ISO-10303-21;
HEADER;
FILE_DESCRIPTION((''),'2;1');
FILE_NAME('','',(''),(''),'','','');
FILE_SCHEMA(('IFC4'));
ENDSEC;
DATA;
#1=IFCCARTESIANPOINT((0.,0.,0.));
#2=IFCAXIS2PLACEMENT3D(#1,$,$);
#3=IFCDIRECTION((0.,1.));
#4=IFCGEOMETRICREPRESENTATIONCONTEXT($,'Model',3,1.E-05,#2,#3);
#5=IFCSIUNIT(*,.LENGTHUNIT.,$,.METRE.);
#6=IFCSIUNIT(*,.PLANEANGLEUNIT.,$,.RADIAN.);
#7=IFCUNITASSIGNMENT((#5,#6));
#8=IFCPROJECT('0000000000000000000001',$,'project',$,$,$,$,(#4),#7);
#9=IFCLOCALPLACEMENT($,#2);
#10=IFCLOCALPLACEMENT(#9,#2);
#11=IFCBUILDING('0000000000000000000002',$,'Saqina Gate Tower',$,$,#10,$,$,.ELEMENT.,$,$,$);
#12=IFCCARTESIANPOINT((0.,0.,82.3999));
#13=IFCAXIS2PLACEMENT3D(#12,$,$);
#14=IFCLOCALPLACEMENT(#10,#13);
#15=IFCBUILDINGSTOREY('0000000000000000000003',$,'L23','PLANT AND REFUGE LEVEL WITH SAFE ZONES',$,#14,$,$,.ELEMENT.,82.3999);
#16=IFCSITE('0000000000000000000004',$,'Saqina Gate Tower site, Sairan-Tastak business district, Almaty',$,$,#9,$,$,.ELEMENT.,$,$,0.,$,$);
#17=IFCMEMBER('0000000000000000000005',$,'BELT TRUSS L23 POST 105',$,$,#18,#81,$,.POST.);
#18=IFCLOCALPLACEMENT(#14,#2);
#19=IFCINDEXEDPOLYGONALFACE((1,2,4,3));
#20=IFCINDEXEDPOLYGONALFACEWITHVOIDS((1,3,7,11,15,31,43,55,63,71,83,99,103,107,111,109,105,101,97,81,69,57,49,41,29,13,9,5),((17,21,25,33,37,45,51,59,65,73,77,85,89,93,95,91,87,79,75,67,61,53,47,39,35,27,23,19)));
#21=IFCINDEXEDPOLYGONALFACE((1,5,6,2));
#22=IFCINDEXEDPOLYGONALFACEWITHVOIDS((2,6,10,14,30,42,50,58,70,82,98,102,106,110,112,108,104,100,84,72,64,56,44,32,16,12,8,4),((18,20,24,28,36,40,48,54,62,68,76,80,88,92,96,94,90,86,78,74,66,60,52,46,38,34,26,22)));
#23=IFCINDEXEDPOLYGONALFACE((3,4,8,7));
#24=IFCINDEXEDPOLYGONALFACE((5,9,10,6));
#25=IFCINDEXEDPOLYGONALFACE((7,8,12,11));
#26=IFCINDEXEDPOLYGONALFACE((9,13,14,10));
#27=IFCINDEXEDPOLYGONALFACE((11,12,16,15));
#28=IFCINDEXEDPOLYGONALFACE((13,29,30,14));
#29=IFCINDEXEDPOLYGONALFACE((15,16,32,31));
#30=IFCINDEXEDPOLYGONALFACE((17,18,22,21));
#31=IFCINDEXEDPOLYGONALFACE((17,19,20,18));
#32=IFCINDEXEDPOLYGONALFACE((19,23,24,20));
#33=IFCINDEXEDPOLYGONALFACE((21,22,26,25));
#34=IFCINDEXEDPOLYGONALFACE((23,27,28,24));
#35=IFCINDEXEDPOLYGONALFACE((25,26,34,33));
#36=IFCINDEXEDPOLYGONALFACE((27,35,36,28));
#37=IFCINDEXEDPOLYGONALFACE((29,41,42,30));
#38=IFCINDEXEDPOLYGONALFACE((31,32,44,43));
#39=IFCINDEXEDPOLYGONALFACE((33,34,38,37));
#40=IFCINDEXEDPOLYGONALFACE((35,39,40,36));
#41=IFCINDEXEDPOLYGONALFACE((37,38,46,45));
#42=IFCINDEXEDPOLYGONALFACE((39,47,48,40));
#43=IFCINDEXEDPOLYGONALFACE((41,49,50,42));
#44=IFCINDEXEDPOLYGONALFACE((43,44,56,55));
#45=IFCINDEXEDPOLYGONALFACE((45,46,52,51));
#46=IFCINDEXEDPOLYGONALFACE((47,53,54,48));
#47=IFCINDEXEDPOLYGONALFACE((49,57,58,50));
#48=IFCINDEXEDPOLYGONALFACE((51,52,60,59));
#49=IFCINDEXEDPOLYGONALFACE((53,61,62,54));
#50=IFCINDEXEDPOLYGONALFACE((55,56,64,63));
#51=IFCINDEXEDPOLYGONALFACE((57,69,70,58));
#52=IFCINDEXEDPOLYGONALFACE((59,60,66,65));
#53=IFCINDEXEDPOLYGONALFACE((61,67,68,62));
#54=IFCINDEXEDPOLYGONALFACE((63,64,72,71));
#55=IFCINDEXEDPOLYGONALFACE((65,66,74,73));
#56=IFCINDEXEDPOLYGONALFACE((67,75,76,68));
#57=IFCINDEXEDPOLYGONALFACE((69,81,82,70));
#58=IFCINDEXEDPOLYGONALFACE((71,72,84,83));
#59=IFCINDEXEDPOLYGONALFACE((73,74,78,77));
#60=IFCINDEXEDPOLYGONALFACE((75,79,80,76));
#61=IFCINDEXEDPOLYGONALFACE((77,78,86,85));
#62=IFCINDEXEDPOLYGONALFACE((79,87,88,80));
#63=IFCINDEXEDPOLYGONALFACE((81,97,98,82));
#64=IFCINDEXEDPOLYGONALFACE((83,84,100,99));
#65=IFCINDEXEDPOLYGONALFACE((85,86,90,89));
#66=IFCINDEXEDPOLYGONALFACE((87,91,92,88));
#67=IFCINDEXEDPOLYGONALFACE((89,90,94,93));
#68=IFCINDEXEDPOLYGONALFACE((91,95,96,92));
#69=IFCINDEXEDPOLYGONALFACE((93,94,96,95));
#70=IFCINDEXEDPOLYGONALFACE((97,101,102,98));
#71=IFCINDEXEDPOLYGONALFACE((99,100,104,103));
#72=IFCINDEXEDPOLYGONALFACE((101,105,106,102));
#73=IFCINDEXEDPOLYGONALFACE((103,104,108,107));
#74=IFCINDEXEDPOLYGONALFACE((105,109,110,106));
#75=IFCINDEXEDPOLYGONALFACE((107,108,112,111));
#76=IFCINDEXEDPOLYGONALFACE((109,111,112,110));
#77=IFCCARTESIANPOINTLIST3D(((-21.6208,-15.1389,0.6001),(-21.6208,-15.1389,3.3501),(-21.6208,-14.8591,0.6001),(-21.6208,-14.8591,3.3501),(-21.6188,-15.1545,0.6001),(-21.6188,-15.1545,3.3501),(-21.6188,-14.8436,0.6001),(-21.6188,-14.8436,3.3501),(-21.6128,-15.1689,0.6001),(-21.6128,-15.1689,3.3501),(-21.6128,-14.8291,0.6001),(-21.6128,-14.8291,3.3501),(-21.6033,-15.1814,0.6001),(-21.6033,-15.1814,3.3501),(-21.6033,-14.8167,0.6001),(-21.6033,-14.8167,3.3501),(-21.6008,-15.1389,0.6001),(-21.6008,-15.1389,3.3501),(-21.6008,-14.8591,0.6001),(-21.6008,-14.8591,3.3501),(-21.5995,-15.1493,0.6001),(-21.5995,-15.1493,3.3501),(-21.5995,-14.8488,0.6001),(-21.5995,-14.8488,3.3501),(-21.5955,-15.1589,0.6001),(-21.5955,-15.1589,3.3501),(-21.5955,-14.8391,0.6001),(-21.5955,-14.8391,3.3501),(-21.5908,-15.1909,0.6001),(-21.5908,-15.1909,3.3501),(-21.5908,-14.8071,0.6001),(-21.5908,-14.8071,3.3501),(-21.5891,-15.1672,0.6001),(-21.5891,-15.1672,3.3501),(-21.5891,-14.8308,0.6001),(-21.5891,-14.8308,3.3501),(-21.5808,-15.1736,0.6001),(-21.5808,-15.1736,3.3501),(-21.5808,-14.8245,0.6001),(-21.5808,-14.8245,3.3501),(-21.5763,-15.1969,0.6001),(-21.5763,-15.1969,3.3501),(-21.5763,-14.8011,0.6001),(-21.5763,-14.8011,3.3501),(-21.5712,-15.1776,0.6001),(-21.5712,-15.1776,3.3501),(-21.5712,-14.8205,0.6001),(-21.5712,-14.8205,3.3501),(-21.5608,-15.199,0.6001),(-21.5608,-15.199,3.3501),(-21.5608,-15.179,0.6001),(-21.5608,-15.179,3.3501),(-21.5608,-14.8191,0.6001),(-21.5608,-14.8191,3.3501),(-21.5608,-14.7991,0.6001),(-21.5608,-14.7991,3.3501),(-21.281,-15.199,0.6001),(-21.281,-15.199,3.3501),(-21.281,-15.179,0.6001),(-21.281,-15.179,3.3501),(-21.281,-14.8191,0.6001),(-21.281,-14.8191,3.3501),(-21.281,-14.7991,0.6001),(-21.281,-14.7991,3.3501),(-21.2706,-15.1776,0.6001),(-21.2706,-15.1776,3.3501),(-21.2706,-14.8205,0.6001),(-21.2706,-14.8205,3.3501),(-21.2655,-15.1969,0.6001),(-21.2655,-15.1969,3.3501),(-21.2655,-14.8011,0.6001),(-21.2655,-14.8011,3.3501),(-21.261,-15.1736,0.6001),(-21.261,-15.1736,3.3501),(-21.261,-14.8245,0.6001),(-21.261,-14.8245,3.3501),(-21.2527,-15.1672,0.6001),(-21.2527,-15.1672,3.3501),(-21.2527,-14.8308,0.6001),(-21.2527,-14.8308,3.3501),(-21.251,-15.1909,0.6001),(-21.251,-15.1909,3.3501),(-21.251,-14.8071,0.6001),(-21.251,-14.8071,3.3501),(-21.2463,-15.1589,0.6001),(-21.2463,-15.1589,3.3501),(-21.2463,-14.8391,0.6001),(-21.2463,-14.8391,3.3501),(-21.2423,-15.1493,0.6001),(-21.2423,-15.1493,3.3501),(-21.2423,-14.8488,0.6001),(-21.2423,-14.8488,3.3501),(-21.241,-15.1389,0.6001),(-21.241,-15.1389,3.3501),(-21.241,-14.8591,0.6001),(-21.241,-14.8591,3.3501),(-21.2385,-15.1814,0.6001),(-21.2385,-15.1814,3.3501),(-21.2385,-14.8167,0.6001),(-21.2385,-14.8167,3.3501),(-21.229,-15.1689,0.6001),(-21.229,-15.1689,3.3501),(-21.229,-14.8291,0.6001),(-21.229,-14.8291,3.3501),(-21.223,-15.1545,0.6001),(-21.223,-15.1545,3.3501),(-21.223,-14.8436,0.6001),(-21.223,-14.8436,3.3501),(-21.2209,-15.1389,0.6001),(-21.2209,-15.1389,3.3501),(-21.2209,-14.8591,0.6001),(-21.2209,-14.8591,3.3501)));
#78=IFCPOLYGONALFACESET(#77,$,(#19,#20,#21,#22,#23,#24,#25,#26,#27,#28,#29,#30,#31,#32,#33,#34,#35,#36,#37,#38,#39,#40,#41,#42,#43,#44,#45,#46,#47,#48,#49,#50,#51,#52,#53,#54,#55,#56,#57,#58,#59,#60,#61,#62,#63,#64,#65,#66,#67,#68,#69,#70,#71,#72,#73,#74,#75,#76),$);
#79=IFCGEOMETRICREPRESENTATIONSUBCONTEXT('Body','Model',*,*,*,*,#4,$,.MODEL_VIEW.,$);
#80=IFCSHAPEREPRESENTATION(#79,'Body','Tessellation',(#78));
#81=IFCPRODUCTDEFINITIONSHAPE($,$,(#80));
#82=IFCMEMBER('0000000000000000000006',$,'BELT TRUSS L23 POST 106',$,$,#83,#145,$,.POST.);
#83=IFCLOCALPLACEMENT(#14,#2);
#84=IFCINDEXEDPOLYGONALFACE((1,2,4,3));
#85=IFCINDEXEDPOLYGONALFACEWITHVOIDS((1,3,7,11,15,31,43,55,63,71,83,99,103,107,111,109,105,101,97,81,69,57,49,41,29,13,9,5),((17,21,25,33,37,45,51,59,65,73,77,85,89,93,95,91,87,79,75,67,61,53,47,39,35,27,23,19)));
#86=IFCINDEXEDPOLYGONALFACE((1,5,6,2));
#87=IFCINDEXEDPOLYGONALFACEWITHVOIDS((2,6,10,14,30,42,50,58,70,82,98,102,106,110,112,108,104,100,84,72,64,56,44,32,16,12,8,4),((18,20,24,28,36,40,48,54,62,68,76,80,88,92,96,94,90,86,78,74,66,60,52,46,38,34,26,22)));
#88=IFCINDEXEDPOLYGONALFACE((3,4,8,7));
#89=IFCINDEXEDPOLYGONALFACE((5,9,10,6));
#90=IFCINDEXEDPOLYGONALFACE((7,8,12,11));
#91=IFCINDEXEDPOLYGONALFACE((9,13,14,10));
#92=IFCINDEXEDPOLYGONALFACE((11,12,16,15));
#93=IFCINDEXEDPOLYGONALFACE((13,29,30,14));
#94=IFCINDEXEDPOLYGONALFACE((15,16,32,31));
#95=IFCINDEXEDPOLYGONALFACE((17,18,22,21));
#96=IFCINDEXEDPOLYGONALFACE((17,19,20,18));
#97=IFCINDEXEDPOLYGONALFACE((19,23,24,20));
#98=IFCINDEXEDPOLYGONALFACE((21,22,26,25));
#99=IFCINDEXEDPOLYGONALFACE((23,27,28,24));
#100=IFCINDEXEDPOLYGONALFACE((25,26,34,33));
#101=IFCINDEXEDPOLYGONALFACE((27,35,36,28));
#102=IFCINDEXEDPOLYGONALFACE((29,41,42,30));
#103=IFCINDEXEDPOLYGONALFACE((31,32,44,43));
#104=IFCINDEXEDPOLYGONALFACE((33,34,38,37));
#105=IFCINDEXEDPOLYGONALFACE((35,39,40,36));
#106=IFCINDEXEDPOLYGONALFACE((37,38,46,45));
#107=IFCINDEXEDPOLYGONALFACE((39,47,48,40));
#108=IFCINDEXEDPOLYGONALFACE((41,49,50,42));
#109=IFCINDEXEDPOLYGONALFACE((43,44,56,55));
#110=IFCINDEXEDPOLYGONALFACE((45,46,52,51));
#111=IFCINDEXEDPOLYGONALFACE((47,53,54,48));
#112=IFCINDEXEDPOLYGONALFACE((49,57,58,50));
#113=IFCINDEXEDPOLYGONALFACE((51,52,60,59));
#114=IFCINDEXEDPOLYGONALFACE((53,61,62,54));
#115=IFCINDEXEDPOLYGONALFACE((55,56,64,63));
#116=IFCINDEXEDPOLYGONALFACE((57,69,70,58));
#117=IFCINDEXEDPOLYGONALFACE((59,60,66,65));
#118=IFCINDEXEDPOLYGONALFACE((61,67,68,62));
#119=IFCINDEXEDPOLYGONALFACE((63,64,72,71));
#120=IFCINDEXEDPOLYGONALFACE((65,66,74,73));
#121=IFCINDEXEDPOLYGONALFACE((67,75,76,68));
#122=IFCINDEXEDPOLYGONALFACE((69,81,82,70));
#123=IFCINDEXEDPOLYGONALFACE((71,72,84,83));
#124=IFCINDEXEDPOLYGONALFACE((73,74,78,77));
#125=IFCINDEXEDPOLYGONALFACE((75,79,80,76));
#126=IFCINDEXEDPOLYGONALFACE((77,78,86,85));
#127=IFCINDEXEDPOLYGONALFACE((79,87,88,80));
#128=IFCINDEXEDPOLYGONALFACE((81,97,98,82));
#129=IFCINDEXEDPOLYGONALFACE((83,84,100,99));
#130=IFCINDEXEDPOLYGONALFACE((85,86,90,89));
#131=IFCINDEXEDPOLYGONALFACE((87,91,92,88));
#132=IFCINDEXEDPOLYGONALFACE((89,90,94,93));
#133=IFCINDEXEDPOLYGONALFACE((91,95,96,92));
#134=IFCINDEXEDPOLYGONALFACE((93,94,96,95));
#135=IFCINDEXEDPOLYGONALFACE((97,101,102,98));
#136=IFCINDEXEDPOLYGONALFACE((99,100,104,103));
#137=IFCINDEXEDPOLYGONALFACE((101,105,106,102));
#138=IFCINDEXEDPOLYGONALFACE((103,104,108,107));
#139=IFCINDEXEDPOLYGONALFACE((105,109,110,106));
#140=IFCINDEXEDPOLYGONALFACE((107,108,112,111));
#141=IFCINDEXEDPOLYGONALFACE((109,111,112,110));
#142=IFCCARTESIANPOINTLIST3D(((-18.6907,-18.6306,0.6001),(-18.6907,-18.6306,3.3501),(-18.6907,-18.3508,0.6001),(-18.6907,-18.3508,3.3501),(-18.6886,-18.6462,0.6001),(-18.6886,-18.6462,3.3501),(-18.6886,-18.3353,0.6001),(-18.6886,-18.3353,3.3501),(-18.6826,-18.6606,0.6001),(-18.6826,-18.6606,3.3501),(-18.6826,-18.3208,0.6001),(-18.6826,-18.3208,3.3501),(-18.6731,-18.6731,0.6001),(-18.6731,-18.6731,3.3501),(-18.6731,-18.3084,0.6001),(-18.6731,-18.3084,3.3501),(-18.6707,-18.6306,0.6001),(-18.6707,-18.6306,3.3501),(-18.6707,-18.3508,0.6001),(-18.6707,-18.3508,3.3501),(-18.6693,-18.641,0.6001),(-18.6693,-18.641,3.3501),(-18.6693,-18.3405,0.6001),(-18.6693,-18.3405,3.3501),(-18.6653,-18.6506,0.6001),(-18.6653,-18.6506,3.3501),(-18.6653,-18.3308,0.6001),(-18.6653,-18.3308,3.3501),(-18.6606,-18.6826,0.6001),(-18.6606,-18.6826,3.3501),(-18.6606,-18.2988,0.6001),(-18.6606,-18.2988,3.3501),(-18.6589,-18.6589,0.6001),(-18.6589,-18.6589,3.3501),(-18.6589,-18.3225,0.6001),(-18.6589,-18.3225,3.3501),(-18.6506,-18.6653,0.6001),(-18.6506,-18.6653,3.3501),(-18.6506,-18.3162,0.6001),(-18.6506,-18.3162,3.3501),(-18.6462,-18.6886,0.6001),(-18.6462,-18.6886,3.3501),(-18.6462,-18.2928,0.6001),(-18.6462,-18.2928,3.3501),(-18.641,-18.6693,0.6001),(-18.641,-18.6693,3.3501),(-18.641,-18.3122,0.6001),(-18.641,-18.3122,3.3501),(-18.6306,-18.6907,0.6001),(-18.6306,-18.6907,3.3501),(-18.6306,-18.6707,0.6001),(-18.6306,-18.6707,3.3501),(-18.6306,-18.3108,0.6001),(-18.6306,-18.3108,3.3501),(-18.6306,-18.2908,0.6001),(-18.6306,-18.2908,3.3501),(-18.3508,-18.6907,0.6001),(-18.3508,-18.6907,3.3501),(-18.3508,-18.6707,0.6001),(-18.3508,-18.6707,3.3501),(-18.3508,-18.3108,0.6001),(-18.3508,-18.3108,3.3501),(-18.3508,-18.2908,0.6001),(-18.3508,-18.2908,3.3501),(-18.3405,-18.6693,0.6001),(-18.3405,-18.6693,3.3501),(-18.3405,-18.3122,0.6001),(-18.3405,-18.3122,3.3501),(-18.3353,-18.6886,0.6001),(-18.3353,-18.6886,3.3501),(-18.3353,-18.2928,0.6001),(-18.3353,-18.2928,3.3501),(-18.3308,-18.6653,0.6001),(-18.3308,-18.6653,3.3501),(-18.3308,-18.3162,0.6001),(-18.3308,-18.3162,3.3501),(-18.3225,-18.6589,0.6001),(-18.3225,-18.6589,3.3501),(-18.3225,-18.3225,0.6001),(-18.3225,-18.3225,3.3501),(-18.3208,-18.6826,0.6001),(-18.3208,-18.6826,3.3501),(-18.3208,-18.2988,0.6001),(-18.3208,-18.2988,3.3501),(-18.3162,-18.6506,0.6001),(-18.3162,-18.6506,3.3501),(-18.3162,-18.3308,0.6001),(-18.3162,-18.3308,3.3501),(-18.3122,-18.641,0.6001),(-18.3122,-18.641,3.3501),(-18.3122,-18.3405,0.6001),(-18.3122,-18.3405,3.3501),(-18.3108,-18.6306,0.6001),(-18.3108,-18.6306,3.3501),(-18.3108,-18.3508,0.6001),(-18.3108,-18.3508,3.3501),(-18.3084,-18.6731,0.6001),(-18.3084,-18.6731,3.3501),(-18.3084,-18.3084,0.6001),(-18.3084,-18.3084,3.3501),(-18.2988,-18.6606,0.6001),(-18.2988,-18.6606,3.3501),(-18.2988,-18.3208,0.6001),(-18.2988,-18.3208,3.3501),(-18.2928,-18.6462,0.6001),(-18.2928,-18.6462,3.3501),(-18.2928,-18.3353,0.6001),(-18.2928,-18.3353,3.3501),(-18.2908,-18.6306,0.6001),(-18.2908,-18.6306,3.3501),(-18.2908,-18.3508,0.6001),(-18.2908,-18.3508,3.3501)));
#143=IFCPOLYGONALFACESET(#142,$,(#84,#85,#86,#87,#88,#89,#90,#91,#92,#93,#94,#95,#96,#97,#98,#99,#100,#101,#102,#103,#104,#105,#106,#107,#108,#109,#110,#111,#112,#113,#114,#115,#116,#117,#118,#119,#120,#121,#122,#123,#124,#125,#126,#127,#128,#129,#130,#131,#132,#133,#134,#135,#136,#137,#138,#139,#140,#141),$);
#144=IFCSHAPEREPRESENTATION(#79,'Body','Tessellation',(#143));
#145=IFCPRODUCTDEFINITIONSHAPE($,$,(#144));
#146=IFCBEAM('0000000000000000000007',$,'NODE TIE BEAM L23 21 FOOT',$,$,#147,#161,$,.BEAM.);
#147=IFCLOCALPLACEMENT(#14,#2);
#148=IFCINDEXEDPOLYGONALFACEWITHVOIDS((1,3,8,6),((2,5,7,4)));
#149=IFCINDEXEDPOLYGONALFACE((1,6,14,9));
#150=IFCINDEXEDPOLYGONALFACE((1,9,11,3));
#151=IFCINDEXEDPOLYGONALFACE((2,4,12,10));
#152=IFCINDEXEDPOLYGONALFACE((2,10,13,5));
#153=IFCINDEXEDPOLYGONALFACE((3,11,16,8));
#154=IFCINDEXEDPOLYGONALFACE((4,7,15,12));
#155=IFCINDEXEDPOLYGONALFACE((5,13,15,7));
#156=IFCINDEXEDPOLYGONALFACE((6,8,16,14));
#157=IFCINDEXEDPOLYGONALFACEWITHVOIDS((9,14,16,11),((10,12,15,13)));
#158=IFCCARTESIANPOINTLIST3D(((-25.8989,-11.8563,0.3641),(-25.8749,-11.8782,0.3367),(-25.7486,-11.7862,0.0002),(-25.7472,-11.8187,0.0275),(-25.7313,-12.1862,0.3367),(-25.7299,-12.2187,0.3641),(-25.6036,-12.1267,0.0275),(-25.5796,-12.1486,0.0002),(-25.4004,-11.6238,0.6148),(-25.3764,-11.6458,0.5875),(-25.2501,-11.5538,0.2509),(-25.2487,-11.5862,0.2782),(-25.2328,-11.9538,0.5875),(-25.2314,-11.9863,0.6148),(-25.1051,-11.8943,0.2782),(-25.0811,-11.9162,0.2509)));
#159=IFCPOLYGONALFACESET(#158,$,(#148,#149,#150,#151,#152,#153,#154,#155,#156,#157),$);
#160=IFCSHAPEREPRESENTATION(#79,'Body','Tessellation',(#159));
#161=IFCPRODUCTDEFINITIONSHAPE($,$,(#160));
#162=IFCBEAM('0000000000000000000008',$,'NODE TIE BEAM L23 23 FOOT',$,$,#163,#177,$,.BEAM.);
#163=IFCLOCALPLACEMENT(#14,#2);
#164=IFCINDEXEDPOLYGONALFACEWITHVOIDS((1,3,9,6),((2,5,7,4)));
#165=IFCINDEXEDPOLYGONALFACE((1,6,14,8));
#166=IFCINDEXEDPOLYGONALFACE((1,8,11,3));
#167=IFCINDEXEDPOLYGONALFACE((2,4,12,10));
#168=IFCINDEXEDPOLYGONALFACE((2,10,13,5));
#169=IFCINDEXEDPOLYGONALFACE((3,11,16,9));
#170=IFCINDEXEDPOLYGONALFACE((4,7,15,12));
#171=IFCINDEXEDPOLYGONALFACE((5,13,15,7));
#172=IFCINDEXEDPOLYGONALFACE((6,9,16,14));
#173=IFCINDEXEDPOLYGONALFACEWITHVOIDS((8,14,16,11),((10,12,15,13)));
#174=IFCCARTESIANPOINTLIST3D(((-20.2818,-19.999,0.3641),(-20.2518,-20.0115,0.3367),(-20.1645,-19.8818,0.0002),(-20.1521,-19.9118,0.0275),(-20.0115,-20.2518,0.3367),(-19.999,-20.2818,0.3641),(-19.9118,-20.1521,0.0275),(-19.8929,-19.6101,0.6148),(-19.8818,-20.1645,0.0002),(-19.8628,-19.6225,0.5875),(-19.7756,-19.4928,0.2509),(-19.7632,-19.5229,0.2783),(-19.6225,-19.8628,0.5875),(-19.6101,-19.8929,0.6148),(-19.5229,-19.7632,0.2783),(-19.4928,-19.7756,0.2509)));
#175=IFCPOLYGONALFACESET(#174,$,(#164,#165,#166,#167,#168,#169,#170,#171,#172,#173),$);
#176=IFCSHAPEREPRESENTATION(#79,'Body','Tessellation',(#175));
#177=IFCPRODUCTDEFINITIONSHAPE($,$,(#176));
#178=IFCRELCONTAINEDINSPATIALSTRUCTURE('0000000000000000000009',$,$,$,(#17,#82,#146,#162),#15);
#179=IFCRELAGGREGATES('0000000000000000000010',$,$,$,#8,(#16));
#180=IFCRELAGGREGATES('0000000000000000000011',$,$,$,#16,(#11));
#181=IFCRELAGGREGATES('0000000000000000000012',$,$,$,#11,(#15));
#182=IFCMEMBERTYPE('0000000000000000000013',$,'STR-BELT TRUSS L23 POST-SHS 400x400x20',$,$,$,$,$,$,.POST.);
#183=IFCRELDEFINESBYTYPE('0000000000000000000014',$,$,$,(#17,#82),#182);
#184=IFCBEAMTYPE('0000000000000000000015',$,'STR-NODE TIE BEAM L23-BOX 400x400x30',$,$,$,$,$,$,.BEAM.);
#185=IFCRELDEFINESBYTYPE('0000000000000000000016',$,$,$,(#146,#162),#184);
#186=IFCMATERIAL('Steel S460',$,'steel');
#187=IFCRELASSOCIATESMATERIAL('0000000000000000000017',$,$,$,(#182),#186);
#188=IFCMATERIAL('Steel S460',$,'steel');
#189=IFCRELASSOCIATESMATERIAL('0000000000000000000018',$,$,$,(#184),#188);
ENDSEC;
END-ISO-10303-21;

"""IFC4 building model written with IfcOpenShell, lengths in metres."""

from ifc_helpers import new_model, si_unit, direction, frame, origin, origin_2d, place, context, subcontext, project, spatial, hollow_rectangle, extrude, material, material_profile, profile_set, type_object, element, save


model = new_model("IFC4")

# Units and contexts
model_context = context("Model", 3, precision=1e-05, world=origin(), true_north=direction((0.0, 1.0)))
body_context = subcontext(model_context, "Body", "Model", "MODEL_VIEW")
ifc_project = project(units=[si_unit("LENGTHUNIT", "METRE"), si_unit("PLANEANGLEUNIT", "RADIAN")], contexts=[model_context])

# Site, building, storey
site_placement = place(None, origin())
site = spatial("IfcSite", under=ifc_project, at=site_placement, Name="Saqina Gate Tower site, Sairan-Tastak business district, Almaty", CompositionType="ELEMENT", RefElevation=0.0)
building_placement = place(site_placement, origin())
building = spatial("IfcBuilding", under=site, at=building_placement, Name="Saqina Gate Tower", CompositionType="ELEMENT")
storey_placement = place(building_placement, frame((0.0, 0.0, 82.3999)))
storey = spatial("IfcBuildingStorey", under=building, at=storey_placement, Name="L23", Description="PLANT AND REFUGE LEVEL WITH SAFE ZONES", CompositionType="ELEMENT", Elevation=82.3999)

# Members
ifc_material_1 = material(Name="Steel S460", Category="steel")
ifc_material_profile_1 = material_profile(ifc_material_1, hollow_rectangle(XDim=0.3999, YDim=0.3999, WallThickness=0.02, InnerFilletRadius=0.04, OuterFilletRadius=0.0601, at=origin_2d()), Name="SHS 400x400x20")
ifc_profile_set_1 = profile_set([ifc_material_profile_1], Name="Steel S460")
member_type_1 = type_object("IfcMemberType", Name="STR-BELT TRUSS L23 POST-SHS 400x400x20", PredefinedType="POST", material=ifc_profile_set_1)
for number, where, z_axis, x_axis, name in (
    (1, (-21.4209, -14.999, 0.6001), (0.0, 0.0, 1.0), (1.0, 0.0, 0.0), "BELT TRUSS L23 POST 105"),
    (2, (-18.4907, -18.4907, 0.6001), (0.0, 0.0, 1.0), (1.0, 0.0, 0.0), "BELT TRUSS L23 POST 106"),
):
    element("IfcMember", number, at=place(storey_placement, frame(where, z_axis=z_axis, x_axis=x_axis)), inside=storey, type_object=member_type_1, Name=name, PredefinedType="POST", context=body_context, shape_type="SweptSolid", body=[
        extrude(hollow_rectangle(XDim=0.3999, YDim=0.3999, WallThickness=0.02, InnerFilletRadius=0.04, OuterFilletRadius=0.0601, at=origin_2d()), origin(), (0.0, 0.0, 1.0), 2.75),
    ])

# Beams
ifc_material_2 = material(Name="Steel S460", Category="steel")
ifc_material_profile_2 = material_profile(ifc_material_2, hollow_rectangle(XDim=0.3999, YDim=0.3999, WallThickness=0.03, at=origin_2d()), Name="BOX 400x400x30")
ifc_profile_set_2 = profile_set([ifc_material_profile_2], Name="Steel S460")
beam_type = type_object("IfcBeamType", Name="STR-NODE TIE BEAM L23-BOX 400x400x30", PredefinedType="BEAM", material=ifc_profile_set_2)
for number, where, z_axis, x_axis, name in (
    (3, (-25.7393, -12.0024, 0.1821), (0.824702, 0.384484, 0.414774), (-0.422545, 0.906342, 0.0), "NODE TIE BEAM L23 21 FOOT"),
    (4, (-20.0818, -20.0818, 0.1821), (0.643405, 0.643405, 0.4148), (-0.707107, 0.707107, 0.0), "NODE TIE BEAM L23 23 FOOT"),
):
    element("IfcBeam", number, at=place(storey_placement, frame(where, z_axis=z_axis, x_axis=x_axis)), inside=storey, type_object=beam_type, Name=name, PredefinedType="BEAM", context=body_context, shape_type="SweptSolid", body=[
        extrude(hollow_rectangle(XDim=0.3999, YDim=0.3999, WallThickness=0.03, at=origin_2d()), origin(), (0.0, 0.0, 1.0), 0.6045),
    ])

save(model, "model.ifc")
